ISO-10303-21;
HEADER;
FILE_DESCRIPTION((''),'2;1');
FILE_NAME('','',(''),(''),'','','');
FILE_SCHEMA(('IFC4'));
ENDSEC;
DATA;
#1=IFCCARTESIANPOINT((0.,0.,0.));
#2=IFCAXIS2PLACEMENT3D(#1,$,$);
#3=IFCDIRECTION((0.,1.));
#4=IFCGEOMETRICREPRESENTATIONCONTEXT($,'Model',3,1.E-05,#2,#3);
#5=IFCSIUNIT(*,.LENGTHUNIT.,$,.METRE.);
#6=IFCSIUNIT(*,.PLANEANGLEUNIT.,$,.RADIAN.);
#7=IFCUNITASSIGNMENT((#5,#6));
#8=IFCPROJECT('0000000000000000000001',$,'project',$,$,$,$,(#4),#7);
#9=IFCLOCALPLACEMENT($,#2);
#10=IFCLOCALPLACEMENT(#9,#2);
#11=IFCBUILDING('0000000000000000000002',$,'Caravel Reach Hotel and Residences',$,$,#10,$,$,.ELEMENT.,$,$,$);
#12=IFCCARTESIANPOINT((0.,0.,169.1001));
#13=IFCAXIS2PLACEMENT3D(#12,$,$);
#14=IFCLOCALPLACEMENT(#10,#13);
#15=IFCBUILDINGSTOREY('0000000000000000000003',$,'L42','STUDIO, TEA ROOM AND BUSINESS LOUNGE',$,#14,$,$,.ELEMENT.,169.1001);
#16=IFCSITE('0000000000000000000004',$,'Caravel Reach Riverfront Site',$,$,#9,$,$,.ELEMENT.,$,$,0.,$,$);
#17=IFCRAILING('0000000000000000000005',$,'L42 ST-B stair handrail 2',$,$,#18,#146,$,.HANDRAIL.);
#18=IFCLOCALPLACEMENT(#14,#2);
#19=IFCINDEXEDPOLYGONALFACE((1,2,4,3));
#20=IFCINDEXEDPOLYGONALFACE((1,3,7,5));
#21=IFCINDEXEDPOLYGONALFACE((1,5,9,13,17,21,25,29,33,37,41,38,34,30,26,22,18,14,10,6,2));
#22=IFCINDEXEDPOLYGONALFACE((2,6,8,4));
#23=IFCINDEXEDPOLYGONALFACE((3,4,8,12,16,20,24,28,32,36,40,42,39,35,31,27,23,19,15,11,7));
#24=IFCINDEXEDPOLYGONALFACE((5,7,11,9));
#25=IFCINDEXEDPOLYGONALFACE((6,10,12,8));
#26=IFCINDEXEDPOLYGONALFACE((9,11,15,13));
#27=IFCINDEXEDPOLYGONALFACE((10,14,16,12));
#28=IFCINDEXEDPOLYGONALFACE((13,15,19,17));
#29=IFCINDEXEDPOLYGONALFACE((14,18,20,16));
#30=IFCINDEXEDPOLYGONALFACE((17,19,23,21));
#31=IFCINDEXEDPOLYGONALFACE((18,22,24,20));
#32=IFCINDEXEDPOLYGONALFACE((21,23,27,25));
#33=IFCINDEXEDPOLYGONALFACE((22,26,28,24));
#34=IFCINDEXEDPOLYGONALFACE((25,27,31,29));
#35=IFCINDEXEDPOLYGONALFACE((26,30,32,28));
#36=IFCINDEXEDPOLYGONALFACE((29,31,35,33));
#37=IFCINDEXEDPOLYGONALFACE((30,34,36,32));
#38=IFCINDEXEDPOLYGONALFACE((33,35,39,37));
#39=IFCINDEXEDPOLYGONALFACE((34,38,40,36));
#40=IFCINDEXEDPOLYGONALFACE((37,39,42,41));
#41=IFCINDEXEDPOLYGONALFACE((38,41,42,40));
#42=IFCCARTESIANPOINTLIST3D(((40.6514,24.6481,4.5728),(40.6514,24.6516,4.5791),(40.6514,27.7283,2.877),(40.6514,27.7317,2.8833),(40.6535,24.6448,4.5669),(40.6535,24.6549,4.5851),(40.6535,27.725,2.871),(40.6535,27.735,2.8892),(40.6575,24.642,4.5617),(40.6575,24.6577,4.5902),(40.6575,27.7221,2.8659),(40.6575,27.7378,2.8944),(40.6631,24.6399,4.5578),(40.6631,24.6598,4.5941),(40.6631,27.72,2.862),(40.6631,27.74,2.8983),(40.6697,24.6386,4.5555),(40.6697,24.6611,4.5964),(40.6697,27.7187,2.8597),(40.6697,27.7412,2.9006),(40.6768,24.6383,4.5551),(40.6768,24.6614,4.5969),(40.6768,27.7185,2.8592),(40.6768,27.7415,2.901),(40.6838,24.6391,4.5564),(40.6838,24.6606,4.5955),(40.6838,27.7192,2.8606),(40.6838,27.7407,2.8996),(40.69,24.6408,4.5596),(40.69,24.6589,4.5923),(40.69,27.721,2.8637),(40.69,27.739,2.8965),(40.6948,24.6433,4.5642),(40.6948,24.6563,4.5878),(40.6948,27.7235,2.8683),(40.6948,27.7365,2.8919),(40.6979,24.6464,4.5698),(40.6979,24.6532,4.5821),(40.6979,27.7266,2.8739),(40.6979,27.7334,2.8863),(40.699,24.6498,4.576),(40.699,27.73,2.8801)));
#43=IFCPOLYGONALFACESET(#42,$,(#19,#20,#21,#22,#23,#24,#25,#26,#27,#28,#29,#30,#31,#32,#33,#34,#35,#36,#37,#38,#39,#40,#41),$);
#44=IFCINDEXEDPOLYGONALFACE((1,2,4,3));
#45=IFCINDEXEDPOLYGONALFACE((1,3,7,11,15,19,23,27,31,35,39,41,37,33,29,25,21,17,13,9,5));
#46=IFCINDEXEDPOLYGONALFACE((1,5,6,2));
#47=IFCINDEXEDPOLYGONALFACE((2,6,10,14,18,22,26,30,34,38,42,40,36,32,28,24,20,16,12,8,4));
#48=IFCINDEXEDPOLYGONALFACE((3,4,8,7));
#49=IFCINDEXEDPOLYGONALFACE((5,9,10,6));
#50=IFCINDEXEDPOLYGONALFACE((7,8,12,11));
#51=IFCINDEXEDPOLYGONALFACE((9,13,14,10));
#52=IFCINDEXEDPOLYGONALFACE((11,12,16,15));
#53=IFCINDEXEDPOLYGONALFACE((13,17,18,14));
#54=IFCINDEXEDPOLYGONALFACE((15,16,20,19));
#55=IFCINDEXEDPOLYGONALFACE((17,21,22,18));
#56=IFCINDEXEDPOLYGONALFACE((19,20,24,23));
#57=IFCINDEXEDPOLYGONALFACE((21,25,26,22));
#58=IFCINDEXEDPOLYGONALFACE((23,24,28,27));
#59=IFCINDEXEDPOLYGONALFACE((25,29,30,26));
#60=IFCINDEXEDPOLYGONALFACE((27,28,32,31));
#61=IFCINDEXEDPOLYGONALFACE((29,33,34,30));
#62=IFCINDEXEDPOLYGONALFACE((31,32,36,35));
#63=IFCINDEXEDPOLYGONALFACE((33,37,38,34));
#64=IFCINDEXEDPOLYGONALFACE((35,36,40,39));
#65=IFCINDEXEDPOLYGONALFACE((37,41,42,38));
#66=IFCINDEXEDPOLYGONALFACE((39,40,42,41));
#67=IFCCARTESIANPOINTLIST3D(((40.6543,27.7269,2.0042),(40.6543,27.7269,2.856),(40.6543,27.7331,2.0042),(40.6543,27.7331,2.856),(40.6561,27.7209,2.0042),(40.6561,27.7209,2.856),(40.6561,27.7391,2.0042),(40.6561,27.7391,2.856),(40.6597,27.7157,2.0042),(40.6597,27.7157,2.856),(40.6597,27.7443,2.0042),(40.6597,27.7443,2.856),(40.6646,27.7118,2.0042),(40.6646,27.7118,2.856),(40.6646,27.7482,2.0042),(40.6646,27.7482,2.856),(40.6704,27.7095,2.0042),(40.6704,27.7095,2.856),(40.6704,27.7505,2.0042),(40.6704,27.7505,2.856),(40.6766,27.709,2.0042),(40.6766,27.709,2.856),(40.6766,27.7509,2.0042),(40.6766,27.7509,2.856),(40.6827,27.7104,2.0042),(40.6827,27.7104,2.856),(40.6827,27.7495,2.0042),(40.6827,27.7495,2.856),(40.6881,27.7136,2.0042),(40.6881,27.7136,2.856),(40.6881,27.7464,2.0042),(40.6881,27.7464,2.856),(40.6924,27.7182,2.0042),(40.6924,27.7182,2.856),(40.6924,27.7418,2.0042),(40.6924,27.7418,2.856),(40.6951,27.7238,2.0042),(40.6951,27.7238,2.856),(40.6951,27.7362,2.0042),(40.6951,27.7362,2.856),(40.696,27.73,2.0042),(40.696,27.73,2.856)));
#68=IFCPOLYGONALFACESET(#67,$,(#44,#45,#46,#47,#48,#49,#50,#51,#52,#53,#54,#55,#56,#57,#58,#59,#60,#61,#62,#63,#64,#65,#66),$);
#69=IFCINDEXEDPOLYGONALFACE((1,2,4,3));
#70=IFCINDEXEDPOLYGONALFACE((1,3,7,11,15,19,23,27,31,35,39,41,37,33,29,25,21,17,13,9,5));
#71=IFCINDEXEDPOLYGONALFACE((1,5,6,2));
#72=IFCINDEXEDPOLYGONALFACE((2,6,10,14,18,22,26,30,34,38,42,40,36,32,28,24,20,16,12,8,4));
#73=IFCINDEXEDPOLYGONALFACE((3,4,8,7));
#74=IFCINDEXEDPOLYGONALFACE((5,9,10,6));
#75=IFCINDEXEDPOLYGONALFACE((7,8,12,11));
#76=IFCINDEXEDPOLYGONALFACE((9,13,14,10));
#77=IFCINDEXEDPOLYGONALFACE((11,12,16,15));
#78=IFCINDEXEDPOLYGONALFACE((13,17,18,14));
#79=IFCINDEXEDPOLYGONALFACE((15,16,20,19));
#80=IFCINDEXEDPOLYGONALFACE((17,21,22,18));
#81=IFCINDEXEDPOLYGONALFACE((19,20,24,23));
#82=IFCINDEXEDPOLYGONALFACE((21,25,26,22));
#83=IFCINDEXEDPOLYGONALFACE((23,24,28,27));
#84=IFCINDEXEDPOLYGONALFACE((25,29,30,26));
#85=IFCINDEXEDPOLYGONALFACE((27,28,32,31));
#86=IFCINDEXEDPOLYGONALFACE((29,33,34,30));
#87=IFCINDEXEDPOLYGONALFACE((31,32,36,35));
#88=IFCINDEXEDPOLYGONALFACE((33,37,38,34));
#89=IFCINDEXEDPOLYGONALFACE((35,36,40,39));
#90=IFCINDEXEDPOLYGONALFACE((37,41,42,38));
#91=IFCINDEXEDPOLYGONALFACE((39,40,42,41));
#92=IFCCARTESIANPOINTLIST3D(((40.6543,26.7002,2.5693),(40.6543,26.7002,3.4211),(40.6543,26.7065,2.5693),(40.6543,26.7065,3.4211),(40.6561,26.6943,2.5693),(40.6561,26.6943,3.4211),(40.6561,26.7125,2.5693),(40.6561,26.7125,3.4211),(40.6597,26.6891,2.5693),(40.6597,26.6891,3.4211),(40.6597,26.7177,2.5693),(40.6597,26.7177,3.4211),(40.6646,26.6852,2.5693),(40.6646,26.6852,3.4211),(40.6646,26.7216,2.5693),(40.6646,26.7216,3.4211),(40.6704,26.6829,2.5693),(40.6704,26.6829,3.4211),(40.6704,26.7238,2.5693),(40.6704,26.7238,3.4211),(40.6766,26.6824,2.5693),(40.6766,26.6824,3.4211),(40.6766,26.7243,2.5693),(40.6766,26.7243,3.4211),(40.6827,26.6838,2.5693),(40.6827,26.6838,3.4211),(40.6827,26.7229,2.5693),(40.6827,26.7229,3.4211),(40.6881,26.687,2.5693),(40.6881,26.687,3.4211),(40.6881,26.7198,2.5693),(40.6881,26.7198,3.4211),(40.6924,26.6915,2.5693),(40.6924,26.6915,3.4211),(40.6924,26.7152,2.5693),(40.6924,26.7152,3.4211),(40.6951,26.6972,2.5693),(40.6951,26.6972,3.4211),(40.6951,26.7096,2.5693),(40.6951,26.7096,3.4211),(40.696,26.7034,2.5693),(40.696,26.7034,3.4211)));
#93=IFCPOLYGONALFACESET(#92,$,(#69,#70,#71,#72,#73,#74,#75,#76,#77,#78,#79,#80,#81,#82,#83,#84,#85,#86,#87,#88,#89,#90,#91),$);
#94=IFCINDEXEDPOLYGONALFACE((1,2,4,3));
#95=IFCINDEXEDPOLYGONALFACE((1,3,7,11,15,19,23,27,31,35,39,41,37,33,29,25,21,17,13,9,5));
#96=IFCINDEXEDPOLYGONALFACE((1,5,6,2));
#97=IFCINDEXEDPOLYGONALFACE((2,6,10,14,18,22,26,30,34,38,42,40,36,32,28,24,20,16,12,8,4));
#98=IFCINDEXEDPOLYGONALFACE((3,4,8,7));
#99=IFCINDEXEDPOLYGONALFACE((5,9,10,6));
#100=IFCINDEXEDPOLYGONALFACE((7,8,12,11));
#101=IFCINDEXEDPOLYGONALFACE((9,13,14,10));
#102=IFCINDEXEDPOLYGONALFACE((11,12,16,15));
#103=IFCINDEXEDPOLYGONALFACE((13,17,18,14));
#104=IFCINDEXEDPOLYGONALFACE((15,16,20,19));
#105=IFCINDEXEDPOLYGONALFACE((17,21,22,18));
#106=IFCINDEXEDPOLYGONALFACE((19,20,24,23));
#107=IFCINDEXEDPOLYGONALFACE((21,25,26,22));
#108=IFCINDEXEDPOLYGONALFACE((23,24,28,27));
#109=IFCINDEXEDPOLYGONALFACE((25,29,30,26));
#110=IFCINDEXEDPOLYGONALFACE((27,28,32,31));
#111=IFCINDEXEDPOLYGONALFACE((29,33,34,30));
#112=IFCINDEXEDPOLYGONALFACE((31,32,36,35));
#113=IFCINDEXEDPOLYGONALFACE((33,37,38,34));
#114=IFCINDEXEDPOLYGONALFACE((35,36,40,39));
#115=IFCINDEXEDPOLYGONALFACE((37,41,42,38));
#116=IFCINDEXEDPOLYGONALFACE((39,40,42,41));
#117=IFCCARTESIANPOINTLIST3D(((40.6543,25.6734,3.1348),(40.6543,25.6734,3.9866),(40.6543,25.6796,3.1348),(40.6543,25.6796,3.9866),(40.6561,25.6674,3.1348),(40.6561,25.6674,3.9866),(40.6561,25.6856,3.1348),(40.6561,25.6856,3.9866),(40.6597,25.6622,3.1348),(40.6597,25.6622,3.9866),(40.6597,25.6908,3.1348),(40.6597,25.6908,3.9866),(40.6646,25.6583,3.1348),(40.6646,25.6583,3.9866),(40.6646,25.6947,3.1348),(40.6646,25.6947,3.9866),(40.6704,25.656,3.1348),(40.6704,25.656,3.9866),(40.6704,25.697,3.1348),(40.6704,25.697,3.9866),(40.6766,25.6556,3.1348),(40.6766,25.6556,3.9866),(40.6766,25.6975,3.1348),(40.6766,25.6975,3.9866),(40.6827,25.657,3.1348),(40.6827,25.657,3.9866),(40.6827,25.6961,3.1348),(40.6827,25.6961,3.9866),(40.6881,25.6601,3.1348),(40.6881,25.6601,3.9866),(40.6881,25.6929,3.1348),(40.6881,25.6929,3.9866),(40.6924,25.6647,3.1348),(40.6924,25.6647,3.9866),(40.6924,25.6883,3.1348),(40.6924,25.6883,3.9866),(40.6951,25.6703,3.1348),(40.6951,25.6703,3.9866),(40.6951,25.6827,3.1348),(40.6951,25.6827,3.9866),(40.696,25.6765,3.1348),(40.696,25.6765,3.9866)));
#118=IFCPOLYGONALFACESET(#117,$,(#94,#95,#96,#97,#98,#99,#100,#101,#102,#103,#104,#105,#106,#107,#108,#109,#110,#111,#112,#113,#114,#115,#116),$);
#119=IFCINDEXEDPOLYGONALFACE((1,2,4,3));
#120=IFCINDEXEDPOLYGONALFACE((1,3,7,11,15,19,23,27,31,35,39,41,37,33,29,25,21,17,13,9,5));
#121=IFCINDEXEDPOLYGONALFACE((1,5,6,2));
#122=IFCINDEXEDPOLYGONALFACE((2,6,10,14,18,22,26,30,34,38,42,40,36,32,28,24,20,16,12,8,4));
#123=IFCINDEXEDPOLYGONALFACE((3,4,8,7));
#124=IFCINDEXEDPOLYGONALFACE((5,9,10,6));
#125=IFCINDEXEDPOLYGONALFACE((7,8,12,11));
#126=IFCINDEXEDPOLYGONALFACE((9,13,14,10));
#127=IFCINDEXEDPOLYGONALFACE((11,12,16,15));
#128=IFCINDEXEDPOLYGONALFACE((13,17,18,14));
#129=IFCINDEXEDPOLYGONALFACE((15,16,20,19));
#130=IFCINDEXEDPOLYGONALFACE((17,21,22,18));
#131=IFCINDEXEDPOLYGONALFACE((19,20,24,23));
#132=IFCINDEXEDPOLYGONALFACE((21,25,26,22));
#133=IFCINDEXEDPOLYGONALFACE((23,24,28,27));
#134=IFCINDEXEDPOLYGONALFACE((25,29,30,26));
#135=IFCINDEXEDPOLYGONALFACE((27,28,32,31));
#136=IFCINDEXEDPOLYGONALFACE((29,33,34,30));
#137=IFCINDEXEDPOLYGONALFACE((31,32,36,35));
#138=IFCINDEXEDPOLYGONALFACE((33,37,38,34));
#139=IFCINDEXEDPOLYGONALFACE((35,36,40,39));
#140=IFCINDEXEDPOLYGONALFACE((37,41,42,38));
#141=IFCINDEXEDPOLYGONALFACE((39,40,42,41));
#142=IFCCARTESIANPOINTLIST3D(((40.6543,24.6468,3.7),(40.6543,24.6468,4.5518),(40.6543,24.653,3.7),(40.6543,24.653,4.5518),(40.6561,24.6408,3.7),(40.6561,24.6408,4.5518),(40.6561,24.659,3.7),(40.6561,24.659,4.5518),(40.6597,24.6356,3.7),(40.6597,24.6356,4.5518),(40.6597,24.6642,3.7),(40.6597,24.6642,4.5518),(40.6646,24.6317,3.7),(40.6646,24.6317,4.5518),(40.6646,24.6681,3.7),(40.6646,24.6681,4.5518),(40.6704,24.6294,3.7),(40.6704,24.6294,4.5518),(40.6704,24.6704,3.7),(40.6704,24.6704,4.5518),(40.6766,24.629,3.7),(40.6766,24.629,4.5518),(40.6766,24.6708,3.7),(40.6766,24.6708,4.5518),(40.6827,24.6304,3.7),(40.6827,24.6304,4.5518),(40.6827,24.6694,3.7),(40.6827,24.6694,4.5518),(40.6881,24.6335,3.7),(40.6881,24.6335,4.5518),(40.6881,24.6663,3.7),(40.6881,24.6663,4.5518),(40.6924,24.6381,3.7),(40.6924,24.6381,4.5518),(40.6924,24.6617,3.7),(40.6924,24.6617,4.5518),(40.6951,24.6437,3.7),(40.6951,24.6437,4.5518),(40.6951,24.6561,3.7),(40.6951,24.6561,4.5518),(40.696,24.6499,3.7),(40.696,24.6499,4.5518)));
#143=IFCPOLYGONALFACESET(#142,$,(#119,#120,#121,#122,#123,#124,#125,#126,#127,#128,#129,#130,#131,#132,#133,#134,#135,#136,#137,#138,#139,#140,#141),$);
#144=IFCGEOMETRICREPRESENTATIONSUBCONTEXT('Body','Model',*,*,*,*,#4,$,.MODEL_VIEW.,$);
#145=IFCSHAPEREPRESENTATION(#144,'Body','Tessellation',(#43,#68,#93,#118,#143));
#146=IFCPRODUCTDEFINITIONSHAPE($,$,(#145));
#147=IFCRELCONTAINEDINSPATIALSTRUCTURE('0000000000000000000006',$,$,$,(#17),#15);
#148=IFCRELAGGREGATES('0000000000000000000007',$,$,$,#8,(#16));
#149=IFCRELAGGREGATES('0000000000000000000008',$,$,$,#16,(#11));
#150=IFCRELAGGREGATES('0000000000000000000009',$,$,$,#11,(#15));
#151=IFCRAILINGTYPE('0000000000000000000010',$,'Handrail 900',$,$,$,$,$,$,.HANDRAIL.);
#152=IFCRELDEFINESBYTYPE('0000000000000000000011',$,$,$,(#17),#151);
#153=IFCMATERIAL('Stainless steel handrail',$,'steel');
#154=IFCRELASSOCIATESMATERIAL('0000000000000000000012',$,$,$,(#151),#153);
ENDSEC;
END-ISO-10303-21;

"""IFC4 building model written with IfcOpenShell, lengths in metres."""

from ifc_helpers import new_model, si_unit, direction, frame, origin, origin_2d, place, context, subcontext, project, spatial, circle, extrude, material, type_object, element, save


model = new_model("IFC4")

# Units and contexts
model_context = context("Model", 3, precision=1e-05, world=origin(), true_north=direction((0.0, 1.0)))
body_context = subcontext(model_context, "Body", "Model", "MODEL_VIEW")
ifc_project = project(units=[si_unit("LENGTHUNIT", "METRE"), si_unit("PLANEANGLEUNIT", "RADIAN")], contexts=[model_context])

# Site, building, storey
site_placement = place(None, origin())
site = spatial("IfcSite", under=ifc_project, at=site_placement, Name="Caravel Reach Riverfront Site", CompositionType="ELEMENT", RefElevation=0.0)
building_placement = place(site_placement, origin())
building = spatial("IfcBuilding", under=site, at=building_placement, Name="Caravel Reach Hotel and Residences", CompositionType="ELEMENT")
storey_placement = place(building_placement, frame((0.0, 0.0, 169.1001)))
storey = spatial("IfcBuildingStorey", under=building, at=storey_placement, Name="L42", Description="STUDIO, TEA ROOM AND BUSINESS LOUNGE", CompositionType="ELEMENT", Elevation=169.1001)

# Railing
ifc_material_1 = material(Name="Stainless steel handrail", Category="steel")
railing_type_1 = type_object("IfcRailingType", Name="Handrail 900", PredefinedType="HANDRAIL", material=ifc_material_1)
railing_1_placement = place(storey_placement, frame((40.675, 27.73, 2.0042)))
element("IfcRailing", 1, at=railing_1_placement, inside=storey, type_object=railing_type_1, Name="L42 ST-B stair handrail 2", PredefinedType="HANDRAIL", context=body_context, shape_type="SweptSolid", body=[
    extrude(circle(Radius=0.0239, at=origin_2d()), frame((0.0, 0.0, 0.876), z_axis=(0.0, -0.876005, 0.482303), x_axis=(1.0, 0.0, 0.0)), (0.0, 0.0, 1.0), 3.5161),
    extrude(circle(Radius=0.021, at=origin_2d()), origin(), (0.0, 0.0, 1.0), 0.8518),
    extrude(circle(Radius=0.021, at=origin_2d()), frame((0.0, -1.0266, 0.5652)), (0.0, 0.0, 1.0), 0.8518),
    extrude(circle(Radius=0.021, at=origin_2d()), frame((0.0, -2.0535, 1.1306)), (0.0, 0.0, 1.0), 0.8518),
    extrude(circle(Radius=0.021, at=origin_2d()), frame((0.0, -3.0801, 1.6958)), (0.0, 0.0, 1.0), 0.8518),
])

save(model, "model.ifc")
